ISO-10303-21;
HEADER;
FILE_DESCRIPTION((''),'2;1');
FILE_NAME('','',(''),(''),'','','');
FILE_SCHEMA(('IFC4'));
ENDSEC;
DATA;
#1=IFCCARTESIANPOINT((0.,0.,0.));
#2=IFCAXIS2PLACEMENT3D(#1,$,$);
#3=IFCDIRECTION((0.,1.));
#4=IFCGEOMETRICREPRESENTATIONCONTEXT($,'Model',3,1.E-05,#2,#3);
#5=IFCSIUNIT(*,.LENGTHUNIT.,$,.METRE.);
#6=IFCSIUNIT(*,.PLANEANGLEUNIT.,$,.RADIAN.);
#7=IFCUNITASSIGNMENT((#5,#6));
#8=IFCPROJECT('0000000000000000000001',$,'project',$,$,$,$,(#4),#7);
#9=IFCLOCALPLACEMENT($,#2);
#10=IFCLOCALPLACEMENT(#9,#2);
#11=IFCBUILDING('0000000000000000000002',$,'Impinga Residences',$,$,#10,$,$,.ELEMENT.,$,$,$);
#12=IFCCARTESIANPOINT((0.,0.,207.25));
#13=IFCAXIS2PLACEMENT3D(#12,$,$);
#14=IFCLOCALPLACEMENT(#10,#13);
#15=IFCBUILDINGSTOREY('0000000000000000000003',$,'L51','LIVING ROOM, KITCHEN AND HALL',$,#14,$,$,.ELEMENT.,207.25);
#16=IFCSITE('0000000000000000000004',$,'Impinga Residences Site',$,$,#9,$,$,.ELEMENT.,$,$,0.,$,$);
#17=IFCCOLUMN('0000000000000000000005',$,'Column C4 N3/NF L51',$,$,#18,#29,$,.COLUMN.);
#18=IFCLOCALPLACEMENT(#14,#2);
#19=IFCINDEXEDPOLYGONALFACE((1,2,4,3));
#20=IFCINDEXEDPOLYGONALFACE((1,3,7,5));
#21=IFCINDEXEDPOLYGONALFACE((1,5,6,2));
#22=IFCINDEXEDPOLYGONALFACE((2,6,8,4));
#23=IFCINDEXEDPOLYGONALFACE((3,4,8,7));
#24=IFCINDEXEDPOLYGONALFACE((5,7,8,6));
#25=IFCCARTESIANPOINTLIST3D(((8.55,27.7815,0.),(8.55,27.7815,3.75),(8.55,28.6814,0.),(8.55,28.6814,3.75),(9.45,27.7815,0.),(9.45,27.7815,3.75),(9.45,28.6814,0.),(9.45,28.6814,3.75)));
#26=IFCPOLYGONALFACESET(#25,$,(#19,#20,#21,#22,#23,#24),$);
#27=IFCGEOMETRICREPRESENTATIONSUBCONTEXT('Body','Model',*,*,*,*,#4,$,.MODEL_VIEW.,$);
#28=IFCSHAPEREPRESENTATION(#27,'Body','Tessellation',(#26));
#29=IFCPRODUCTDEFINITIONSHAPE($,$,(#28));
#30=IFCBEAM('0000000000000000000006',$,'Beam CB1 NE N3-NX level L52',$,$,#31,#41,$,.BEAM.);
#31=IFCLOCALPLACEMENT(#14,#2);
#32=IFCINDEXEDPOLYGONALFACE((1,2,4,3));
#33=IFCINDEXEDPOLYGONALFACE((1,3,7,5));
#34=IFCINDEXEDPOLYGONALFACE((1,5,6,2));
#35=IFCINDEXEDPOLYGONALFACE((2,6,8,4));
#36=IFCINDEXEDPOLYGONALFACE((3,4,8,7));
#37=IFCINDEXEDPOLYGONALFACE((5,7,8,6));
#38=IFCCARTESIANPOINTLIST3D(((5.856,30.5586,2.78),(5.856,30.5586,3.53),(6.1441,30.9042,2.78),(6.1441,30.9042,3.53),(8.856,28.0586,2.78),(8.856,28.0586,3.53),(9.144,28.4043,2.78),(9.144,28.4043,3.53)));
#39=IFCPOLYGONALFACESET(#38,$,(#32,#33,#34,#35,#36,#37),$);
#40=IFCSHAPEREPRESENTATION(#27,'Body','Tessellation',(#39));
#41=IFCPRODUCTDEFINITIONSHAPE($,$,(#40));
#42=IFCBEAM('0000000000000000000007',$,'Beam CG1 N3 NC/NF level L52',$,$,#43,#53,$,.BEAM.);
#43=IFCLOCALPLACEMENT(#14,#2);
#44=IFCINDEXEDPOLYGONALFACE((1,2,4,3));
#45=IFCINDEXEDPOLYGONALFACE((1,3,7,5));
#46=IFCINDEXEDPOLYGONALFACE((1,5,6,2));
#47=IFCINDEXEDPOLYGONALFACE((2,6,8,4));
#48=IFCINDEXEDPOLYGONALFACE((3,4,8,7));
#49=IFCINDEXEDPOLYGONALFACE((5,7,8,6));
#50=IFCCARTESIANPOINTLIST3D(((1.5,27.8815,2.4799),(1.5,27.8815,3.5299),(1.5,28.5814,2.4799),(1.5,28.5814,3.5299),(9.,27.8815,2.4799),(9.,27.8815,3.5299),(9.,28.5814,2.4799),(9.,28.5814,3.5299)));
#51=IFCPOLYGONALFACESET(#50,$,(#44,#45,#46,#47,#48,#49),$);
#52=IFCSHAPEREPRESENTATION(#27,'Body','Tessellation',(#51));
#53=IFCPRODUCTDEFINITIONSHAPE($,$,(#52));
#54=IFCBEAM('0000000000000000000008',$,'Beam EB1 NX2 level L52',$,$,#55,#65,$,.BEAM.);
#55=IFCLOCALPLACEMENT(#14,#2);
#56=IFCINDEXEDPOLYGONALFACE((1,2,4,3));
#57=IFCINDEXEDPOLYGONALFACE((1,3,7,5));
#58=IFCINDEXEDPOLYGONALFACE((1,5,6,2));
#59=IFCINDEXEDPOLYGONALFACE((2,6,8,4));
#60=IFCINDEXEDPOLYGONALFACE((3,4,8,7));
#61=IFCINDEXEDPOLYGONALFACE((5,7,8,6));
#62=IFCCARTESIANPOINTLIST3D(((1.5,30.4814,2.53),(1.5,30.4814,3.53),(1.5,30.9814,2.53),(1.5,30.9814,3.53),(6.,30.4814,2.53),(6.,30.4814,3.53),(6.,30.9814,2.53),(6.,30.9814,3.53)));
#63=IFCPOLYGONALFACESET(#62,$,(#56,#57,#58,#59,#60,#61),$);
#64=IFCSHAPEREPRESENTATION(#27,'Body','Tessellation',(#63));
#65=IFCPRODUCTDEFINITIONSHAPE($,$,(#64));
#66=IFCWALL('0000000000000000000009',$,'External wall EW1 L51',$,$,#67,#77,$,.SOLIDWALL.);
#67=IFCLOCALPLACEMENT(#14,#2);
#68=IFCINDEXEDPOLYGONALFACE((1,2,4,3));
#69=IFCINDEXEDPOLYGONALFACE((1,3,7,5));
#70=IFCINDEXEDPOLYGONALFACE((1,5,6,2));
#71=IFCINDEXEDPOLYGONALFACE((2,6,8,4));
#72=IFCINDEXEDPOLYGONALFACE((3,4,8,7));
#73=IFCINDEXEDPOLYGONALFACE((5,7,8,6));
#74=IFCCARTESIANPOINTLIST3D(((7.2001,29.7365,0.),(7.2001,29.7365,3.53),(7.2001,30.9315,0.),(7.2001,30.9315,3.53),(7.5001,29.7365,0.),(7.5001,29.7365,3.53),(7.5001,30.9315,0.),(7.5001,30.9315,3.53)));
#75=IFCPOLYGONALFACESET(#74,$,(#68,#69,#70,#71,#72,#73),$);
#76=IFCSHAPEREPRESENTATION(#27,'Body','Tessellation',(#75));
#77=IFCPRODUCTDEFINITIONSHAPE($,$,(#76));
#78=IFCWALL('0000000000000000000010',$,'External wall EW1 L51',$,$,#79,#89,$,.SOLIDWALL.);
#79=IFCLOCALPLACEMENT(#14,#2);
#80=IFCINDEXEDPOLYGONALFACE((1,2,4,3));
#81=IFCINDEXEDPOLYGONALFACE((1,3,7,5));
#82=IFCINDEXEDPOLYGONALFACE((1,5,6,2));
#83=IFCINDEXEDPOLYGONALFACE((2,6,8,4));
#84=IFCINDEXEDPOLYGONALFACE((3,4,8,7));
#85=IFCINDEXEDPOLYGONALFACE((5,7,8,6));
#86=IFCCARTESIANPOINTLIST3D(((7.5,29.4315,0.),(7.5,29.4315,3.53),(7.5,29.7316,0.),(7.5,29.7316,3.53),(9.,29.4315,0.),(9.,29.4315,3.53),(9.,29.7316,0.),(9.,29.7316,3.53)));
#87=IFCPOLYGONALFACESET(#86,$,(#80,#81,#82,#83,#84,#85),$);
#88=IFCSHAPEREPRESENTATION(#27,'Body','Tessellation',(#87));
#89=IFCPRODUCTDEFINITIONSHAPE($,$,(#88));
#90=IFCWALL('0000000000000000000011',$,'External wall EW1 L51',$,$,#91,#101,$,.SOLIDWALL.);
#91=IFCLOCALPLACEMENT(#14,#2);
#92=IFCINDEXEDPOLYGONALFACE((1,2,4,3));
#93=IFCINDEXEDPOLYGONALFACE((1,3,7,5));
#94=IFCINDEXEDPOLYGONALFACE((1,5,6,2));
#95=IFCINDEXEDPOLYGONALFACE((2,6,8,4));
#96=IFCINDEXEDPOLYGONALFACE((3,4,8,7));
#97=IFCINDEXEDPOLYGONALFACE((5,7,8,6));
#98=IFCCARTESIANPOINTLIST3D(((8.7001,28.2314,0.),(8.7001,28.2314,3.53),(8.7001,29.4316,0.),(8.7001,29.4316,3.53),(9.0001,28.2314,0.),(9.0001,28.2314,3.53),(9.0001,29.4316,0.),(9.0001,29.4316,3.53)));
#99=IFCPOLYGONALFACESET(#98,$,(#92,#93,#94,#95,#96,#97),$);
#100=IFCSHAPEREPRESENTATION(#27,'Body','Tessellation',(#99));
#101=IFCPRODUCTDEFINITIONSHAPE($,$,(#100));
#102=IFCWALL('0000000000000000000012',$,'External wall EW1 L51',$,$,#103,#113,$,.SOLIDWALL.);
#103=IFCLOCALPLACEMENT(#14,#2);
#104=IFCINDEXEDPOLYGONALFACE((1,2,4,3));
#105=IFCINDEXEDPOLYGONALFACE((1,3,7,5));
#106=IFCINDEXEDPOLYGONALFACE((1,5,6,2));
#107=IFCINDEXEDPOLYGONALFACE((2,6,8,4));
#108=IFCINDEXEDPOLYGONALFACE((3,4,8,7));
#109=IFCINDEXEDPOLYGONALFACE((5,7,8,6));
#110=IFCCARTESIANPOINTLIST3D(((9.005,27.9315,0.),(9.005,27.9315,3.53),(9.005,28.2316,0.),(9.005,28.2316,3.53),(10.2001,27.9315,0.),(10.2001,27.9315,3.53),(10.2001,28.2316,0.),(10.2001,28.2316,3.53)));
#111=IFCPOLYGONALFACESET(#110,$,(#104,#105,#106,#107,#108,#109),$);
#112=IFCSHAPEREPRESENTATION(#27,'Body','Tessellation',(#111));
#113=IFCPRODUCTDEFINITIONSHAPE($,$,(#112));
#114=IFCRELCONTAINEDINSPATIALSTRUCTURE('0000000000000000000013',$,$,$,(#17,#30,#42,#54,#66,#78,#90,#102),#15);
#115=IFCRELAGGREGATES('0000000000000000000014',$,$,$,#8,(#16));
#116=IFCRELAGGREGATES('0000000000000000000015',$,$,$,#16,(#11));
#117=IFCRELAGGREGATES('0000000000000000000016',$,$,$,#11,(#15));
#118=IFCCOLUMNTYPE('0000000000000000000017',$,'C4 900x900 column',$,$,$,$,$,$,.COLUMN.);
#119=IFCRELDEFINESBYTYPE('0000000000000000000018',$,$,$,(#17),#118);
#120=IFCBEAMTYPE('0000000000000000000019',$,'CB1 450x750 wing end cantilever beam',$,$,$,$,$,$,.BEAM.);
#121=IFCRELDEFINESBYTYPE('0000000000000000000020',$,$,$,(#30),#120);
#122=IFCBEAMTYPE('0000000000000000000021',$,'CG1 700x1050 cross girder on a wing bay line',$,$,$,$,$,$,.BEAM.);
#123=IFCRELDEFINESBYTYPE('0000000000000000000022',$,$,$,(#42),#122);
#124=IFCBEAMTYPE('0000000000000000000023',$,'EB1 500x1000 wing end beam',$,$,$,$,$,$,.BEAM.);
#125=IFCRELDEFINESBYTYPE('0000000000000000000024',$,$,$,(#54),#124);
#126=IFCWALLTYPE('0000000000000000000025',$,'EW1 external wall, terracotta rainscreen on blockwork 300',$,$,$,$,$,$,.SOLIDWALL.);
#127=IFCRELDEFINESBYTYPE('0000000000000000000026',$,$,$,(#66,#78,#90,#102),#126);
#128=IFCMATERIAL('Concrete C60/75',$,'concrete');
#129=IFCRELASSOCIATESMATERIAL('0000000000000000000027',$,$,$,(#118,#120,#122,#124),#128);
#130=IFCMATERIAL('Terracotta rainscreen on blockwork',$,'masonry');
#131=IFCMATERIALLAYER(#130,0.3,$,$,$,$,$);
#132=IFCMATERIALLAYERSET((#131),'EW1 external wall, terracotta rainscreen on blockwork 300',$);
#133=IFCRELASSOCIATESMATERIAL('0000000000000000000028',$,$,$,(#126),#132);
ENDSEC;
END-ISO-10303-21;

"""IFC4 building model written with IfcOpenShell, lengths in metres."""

from ifc_helpers import new_model, si_unit, direction, frame, frame_2d, origin, origin_2d, place, context, subcontext, project, spatial, rectangle, extrude, material, layer, layer_set, material_profile, profile_set, type_object, element, save


model = new_model("IFC4")

# Units and contexts
model_context = context("Model", 3, precision=1e-05, world=origin(), true_north=direction((0.0, 1.0)))
body_context = subcontext(model_context, "Body", "Model", "MODEL_VIEW")
ifc_project = project(units=[si_unit("LENGTHUNIT", "METRE"), si_unit("PLANEANGLEUNIT", "RADIAN")], contexts=[model_context])

# Site, building, storey
site_placement = place(None, origin())
site = spatial("IfcSite", under=ifc_project, at=site_placement, Name="Impinga Residences Site", CompositionType="ELEMENT", RefElevation=0.0)
building_placement = place(site_placement, origin())
building = spatial("IfcBuilding", under=site, at=building_placement, Name="Impinga Residences", CompositionType="ELEMENT")
storey_placement = place(building_placement, frame((0.0, 0.0, 207.25)))
storey = spatial("IfcBuildingStorey", under=building, at=storey_placement, Name="L51", Description="LIVING ROOM, KITCHEN AND HALL", CompositionType="ELEMENT", Elevation=207.25)

# Column
ifc_material_1 = material(Name="Concrete C60/75", Category="concrete")
ifc_material_profile_1 = material_profile(ifc_material_1, rectangle(XDim=0.8999, YDim=0.8999, at=origin_2d()), Name="RC 900x900")
ifc_profile_set_1 = profile_set([ifc_material_profile_1], Name="Concrete C60/75")
column_type = type_object("IfcColumnType", Name="C4 900x900 column", PredefinedType="COLUMN", material=ifc_profile_set_1)
column_placement = place(storey_placement, frame((9.0, 28.2314, 0.0), z_axis=(0.0, 0.0, 1.0), x_axis=(1.0, 0.0, 0.0)))
element("IfcColumn", 1, at=column_placement, inside=storey, type_object=column_type, Name="Column C4 N3/NF L51", PredefinedType="COLUMN", context=body_context, shape_type="SweptSolid", body=[
    extrude(rectangle(XDim=0.8999, YDim=0.8999, at=origin_2d()), origin(), (0.0, 0.0, 1.0), 3.75),
])

# Beams
ifc_material_profile_2 = material_profile(ifc_material_1, rectangle(XDim=0.45, YDim=0.75, at=origin_2d()), Name="RC 450x750")
ifc_profile_set_2 = profile_set([ifc_material_profile_2], Name="Concrete C60/75")
beam_type_1 = type_object("IfcBeamType", Name="CB1 450x750 wing end cantilever beam", PredefinedType="BEAM", material=ifc_profile_set_2)
beam_1_placement = place(storey_placement, frame((9.0, 28.2314, 3.155), z_axis=(-0.768221, 0.640184, 0.0), x_axis=(-0.640184, -0.768221, 0.0)))
element("IfcBeam", 2, at=beam_1_placement, inside=storey, type_object=beam_type_1, Name="Beam CB1 NE N3-NX level L52", PredefinedType="BEAM", context=body_context, shape_type="SweptSolid", body=[
    extrude(rectangle(XDim=0.45, YDim=0.75, at=origin_2d()), origin(), (0.0, 0.0, 1.0), 3.905),
])
ifc_material_profile_3 = material_profile(ifc_material_1, rectangle(XDim=0.7, YDim=1.05, at=origin_2d()), Name="RC 700x1050")
ifc_profile_set_3 = profile_set([ifc_material_profile_3], Name="Concrete C60/75")
beam_type_2 = type_object("IfcBeamType", Name="CG1 700x1050 cross girder on a wing bay line", PredefinedType="BEAM", material=ifc_profile_set_3)
beam_2_placement = place(storey_placement, frame((1.5, 28.2314, 3.0049), z_axis=(1.0, 0.0, 0.0), x_axis=(0.0, 1.0, 0.0)))
element("IfcBeam", 3, at=beam_2_placement, inside=storey, type_object=beam_type_2, Name="Beam CG1 N3 NC/NF level L52", PredefinedType="BEAM", context=body_context, shape_type="SweptSolid", body=[
    extrude(rectangle(XDim=0.7, YDim=1.05, at=origin_2d()), origin(), (0.0, 0.0, 1.0), 7.5),
])
ifc_material_profile_4 = material_profile(ifc_material_1, rectangle(XDim=0.5, YDim=1.0, at=origin_2d()), Name="RC 500x1000")
ifc_profile_set_4 = profile_set([ifc_material_profile_4], Name="Concrete C60/75")
beam_type_3 = type_object("IfcBeamType", Name="EB1 500x1000 wing end beam", PredefinedType="BEAM", material=ifc_profile_set_4)
beam_3_placement = place(storey_placement, frame((1.5, 30.7314, 3.03), z_axis=(1.0, 0.0, 0.0), x_axis=(0.0, 1.0, 0.0)))
element("IfcBeam", 4, at=beam_3_placement, inside=storey, type_object=beam_type_3, Name="Beam EB1 NX2 level L52", PredefinedType="BEAM", context=body_context, shape_type="SweptSolid", body=[
    extrude(rectangle(XDim=0.5, YDim=1.0, at=origin_2d()), origin(), (0.0, 0.0, 1.0), 4.5),
])

# Walls
ifc_material_2 = material(Name="Terracotta rainscreen on blockwork", Category="masonry")
ifc_layer_1 = layer(ifc_material_2, 0.3)
ifc_layer_set_1 = layer_set([ifc_layer_1], Name="EW1 external wall, terracotta rainscreen on blockwork 300")
wall_type_1 = type_object("IfcWallType", Name="EW1 external wall, terracotta rainscreen on blockwork 300", PredefinedType="SOLIDWALL", material=ifc_layer_set_1)
wall_1_placement = place(storey_placement, frame((7.3501, 30.9316, 0.0), z_axis=(0.0, 0.0, 1.0), x_axis=(0.0, -1.0, 0.0)))
element("IfcWall", 5, at=wall_1_placement, inside=storey, type_object=wall_type_1, Name="External wall EW1 L51", PredefinedType="SOLIDWALL", context=body_context, shape_type="SweptSolid", body=[
    extrude(rectangle(XDim=1.1951, YDim=0.3, at=frame_2d((0.5977, 0.0))), origin(), (0.0, 0.0, 1.0), 3.53),
])
wall_2_placement = place(storey_placement, frame((7.5, 29.5815, 0.0), z_axis=(0.0, 0.0, 1.0), x_axis=(1.0, 0.0, 0.0)))
element("IfcWall", 6, at=wall_2_placement, inside=storey, type_object=wall_type_1, Name="External wall EW1 L51", PredefinedType="SOLIDWALL", context=body_context, shape_type="SweptSolid", body=[
    extrude(rectangle(XDim=1.5, YDim=0.3, at=frame_2d((0.75, 0.0))), origin(), (0.0, 0.0, 1.0), 3.53),
])
wall_3_placement = place(storey_placement, frame((8.8501, 29.4316, 0.0), z_axis=(0.0, 0.0, 1.0), x_axis=(0.0, -1.0, 0.0)))
element("IfcWall", 7, at=wall_3_placement, inside=storey, type_object=wall_type_1, Name="External wall EW1 L51", PredefinedType="SOLIDWALL", context=body_context, shape_type="SweptSolid", body=[
    extrude(rectangle(XDim=1.2002, YDim=0.3, at=frame_2d((0.6001, 0.0))), origin(), (0.0, 0.0, 1.0), 3.53),
])
wall_4_placement = place(storey_placement, frame((9.0049, 28.0815, 0.0), z_axis=(0.0, 0.0, 1.0), x_axis=(1.0, 0.0, 0.0)))
element("IfcWall", 8, at=wall_4_placement, inside=storey, type_object=wall_type_1, Name="External wall EW1 L51", PredefinedType="SOLIDWALL", context=body_context, shape_type="SweptSolid", body=[
    extrude(rectangle(XDim=1.1951, YDim=0.3, at=frame_2d((0.5977, 0.0))), origin(), (0.0, 0.0, 1.0), 3.53),
])

save(model, "model.ifc")
